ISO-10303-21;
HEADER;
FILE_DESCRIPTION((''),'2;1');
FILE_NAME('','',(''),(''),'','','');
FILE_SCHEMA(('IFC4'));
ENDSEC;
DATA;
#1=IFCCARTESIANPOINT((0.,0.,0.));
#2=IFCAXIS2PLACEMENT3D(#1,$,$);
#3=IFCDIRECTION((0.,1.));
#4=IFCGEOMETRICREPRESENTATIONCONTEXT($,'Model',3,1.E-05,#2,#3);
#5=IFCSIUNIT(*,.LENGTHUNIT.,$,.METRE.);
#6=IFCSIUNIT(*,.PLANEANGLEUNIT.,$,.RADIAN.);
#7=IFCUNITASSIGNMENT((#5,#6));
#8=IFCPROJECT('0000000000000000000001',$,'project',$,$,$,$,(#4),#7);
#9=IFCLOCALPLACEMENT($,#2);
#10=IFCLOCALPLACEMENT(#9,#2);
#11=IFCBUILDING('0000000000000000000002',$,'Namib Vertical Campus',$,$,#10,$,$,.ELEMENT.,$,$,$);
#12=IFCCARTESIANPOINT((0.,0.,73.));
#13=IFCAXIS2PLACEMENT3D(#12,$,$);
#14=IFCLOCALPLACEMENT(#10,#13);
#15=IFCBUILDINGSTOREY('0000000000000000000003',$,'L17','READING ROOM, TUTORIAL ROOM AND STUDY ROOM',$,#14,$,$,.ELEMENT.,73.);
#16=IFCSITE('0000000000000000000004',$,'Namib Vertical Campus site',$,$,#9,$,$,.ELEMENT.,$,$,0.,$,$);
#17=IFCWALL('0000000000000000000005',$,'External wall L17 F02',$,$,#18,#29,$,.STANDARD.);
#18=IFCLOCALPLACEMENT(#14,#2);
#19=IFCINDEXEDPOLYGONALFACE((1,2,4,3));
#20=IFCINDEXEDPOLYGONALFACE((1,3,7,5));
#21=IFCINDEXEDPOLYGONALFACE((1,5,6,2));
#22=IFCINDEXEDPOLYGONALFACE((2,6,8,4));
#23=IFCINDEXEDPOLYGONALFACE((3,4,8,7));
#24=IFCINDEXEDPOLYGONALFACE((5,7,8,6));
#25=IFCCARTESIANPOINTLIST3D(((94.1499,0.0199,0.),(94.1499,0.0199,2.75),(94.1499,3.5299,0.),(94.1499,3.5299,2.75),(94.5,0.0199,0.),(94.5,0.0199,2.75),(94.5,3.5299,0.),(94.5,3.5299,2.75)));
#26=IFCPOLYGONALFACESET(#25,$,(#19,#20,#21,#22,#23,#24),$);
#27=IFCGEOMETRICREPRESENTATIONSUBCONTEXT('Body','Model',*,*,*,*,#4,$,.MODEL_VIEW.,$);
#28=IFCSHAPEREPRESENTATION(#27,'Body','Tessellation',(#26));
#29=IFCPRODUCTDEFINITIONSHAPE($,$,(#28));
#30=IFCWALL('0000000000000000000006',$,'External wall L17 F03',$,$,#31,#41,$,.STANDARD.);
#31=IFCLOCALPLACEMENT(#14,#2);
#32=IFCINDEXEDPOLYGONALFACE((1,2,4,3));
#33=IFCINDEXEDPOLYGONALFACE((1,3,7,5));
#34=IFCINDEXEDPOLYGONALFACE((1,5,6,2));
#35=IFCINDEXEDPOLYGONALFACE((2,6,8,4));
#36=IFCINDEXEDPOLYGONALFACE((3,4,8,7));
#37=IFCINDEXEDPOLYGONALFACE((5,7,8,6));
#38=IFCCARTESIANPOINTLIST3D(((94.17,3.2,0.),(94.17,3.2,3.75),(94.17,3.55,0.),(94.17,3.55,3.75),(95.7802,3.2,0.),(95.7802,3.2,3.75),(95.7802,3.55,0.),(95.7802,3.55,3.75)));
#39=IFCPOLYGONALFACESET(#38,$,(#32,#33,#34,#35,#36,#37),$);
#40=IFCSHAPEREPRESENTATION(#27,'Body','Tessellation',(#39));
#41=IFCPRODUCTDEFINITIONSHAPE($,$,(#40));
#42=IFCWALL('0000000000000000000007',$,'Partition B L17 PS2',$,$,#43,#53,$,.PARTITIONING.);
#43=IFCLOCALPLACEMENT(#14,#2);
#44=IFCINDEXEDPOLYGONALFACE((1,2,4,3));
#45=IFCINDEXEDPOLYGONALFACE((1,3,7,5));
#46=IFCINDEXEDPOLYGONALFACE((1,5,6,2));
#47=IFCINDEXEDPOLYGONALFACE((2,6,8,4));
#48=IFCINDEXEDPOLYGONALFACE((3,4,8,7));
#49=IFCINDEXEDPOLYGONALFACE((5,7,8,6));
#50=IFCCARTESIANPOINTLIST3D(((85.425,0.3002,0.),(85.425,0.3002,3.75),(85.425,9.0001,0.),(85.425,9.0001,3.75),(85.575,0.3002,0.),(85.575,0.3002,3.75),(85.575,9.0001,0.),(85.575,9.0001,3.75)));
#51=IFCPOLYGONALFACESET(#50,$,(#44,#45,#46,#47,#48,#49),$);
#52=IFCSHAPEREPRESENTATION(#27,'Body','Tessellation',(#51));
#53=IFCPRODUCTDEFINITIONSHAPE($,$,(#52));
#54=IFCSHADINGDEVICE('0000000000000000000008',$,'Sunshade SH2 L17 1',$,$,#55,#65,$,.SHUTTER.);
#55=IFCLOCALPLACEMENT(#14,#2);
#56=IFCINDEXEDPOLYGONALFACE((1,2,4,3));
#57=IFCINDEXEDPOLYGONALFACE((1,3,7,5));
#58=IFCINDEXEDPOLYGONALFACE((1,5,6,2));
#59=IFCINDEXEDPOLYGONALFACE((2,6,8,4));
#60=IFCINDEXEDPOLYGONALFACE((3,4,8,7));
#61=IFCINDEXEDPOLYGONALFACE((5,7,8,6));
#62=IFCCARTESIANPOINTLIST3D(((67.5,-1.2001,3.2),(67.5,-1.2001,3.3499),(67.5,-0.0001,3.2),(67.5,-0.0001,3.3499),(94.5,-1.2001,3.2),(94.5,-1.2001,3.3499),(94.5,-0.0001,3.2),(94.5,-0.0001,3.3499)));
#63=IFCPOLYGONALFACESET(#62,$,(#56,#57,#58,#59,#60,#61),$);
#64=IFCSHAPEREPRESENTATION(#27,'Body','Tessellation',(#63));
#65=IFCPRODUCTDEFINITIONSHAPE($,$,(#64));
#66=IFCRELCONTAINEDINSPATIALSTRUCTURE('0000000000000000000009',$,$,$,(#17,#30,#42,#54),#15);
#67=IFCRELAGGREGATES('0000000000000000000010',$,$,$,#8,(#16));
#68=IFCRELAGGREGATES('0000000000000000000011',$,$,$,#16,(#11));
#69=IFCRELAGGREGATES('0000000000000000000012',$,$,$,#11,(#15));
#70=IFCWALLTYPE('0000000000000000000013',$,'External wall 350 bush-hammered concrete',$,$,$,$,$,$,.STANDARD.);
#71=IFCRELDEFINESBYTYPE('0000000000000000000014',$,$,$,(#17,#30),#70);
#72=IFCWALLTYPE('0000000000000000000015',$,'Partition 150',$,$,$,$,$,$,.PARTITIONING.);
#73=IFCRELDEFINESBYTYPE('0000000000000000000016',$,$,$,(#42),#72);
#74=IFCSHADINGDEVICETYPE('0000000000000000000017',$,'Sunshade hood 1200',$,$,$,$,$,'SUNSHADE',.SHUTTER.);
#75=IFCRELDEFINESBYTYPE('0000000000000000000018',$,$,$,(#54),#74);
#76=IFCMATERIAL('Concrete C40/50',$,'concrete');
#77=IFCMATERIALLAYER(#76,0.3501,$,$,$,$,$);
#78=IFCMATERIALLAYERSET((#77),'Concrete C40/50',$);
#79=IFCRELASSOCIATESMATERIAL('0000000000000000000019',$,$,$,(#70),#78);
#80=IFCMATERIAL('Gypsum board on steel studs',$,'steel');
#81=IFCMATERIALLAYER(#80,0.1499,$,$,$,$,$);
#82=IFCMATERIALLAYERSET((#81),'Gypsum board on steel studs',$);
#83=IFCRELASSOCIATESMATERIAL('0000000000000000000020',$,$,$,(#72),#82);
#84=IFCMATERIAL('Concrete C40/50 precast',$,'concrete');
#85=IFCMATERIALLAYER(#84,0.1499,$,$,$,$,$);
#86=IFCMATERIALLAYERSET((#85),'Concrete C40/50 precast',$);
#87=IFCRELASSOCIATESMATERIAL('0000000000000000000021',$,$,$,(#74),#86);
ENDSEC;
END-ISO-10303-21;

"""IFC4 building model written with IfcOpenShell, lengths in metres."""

from ifc_helpers import new_model, si_unit, direction, frame, frame_2d, origin, origin_2d, place, context, subcontext, project, spatial, rectangle, extrude, material, layer, layer_set, type_object, element, save


model = new_model("IFC4")

# Units and contexts
model_context = context("Model", 3, precision=1e-05, world=origin(), true_north=direction((0.0, 1.0)))
body_context = subcontext(model_context, "Body", "Model", "MODEL_VIEW")
ifc_project = project(units=[si_unit("LENGTHUNIT", "METRE"), si_unit("PLANEANGLEUNIT", "RADIAN")], contexts=[model_context])

# Site, building, storey
site_placement = place(None, origin())
site = spatial("IfcSite", under=ifc_project, at=site_placement, Name="Namib Vertical Campus site", CompositionType="ELEMENT", RefElevation=0.0)
building_placement = place(site_placement, origin())
building = spatial("IfcBuilding", under=site, at=building_placement, Name="Namib Vertical Campus", CompositionType="ELEMENT")
storey_placement = place(building_placement, frame((0.0, 0.0, 73.0)))
storey = spatial("IfcBuildingStorey", under=building, at=storey_placement, Name="L17", Description="READING ROOM, TUTORIAL ROOM AND STUDY ROOM", CompositionType="ELEMENT", Elevation=73.0)

# Walls
ifc_material_1 = material(Name="Concrete C40/50", Category="concrete")
ifc_layer_1 = layer(ifc_material_1, 0.3501)
ifc_layer_set_1 = layer_set([ifc_layer_1], Name="Concrete C40/50")
wall_type_1 = type_object("IfcWallType", Name="External wall 350 bush-hammered concrete", PredefinedType="STANDARD", material=ifc_layer_set_1)
wall_1_placement = place(storey_placement, frame((94.325, 0.02, 0.0), z_axis=(0.0, 0.0, 1.0), x_axis=(0.0, 1.0, 0.0)))
element("IfcWall", 1, at=wall_1_placement, inside=storey, type_object=wall_type_1, Name="External wall L17 F02", PredefinedType="STANDARD", context=body_context, shape_type="SweptSolid", body=[
    extrude(rectangle(XDim=3.51, YDim=0.3501, at=frame_2d((1.7549, 0.0))), origin(), (0.0, 0.0, 1.0), 2.75),
])
wall_2_placement = place(storey_placement, frame((94.1699, 3.375, 0.0), z_axis=(0.0, 0.0, 1.0), x_axis=(1.0, 0.0, 0.0)))
element("IfcWall", 2, at=wall_2_placement, inside=storey, type_object=wall_type_1, Name="External wall L17 F03", PredefinedType="STANDARD", context=body_context, shape_type="SweptSolid", body=[
    extrude(rectangle(XDim=1.6101, YDim=0.3501, at=frame_2d((0.8052, 0.0))), origin(), (0.0, 0.0, 1.0), 3.75),
])
ifc_material_2 = material(Name="Gypsum board on steel studs", Category="steel")
ifc_layer_2 = layer(ifc_material_2, 0.1499)
ifc_layer_set_2 = layer_set([ifc_layer_2], Name="Gypsum board on steel studs")
wall_type_2 = type_object("IfcWallType", Name="Partition 150", PredefinedType="PARTITIONING", material=ifc_layer_set_2)
wall_3_placement = place(storey_placement, frame((85.5, 0.3, 0.0), z_axis=(0.0, 0.0, 1.0), x_axis=(0.0, 1.0, 0.0)))
element("IfcWall", 3, at=wall_3_placement, inside=storey, type_object=wall_type_2, Name="Partition B L17 PS2", PredefinedType="PARTITIONING", context=body_context, shape_type="SweptSolid", body=[
    extrude(rectangle(XDim=8.7, YDim=0.1499, at=frame_2d((4.3501, 0.0))), origin(), (0.0, 0.0, 1.0), 3.75),
])

# Shading device
ifc_material_3 = material(Name="Concrete C40/50 precast", Category="concrete")
ifc_layer_3 = layer(ifc_material_3, 0.1499)
ifc_layer_set_3 = layer_set([ifc_layer_3], Name="Concrete C40/50 precast")
shading_device_type = type_object("IfcShadingDeviceType", Name="Sunshade hood 1200", ElementType="SUNSHADE", PredefinedType="SHUTTER", material=ifc_layer_set_3)
shading_device_placement = place(storey_placement, frame((81.0, -0.6001, 3.2), z_axis=(0.0, 0.0, 1.0), x_axis=(1.0, 0.0, 0.0)))
element("IfcShadingDevice", 4, at=shading_device_placement, inside=storey, type_object=shading_device_type, Name="Sunshade SH2 L17 1", PredefinedType="SHUTTER", context=body_context, shape_type="SweptSolid", body=[
    extrude(rectangle(XDim=27.0, YDim=1.2, at=origin_2d()), origin(), (0.0, 0.0, 1.0), 0.1499),
])

save(model, "model.ifc")
